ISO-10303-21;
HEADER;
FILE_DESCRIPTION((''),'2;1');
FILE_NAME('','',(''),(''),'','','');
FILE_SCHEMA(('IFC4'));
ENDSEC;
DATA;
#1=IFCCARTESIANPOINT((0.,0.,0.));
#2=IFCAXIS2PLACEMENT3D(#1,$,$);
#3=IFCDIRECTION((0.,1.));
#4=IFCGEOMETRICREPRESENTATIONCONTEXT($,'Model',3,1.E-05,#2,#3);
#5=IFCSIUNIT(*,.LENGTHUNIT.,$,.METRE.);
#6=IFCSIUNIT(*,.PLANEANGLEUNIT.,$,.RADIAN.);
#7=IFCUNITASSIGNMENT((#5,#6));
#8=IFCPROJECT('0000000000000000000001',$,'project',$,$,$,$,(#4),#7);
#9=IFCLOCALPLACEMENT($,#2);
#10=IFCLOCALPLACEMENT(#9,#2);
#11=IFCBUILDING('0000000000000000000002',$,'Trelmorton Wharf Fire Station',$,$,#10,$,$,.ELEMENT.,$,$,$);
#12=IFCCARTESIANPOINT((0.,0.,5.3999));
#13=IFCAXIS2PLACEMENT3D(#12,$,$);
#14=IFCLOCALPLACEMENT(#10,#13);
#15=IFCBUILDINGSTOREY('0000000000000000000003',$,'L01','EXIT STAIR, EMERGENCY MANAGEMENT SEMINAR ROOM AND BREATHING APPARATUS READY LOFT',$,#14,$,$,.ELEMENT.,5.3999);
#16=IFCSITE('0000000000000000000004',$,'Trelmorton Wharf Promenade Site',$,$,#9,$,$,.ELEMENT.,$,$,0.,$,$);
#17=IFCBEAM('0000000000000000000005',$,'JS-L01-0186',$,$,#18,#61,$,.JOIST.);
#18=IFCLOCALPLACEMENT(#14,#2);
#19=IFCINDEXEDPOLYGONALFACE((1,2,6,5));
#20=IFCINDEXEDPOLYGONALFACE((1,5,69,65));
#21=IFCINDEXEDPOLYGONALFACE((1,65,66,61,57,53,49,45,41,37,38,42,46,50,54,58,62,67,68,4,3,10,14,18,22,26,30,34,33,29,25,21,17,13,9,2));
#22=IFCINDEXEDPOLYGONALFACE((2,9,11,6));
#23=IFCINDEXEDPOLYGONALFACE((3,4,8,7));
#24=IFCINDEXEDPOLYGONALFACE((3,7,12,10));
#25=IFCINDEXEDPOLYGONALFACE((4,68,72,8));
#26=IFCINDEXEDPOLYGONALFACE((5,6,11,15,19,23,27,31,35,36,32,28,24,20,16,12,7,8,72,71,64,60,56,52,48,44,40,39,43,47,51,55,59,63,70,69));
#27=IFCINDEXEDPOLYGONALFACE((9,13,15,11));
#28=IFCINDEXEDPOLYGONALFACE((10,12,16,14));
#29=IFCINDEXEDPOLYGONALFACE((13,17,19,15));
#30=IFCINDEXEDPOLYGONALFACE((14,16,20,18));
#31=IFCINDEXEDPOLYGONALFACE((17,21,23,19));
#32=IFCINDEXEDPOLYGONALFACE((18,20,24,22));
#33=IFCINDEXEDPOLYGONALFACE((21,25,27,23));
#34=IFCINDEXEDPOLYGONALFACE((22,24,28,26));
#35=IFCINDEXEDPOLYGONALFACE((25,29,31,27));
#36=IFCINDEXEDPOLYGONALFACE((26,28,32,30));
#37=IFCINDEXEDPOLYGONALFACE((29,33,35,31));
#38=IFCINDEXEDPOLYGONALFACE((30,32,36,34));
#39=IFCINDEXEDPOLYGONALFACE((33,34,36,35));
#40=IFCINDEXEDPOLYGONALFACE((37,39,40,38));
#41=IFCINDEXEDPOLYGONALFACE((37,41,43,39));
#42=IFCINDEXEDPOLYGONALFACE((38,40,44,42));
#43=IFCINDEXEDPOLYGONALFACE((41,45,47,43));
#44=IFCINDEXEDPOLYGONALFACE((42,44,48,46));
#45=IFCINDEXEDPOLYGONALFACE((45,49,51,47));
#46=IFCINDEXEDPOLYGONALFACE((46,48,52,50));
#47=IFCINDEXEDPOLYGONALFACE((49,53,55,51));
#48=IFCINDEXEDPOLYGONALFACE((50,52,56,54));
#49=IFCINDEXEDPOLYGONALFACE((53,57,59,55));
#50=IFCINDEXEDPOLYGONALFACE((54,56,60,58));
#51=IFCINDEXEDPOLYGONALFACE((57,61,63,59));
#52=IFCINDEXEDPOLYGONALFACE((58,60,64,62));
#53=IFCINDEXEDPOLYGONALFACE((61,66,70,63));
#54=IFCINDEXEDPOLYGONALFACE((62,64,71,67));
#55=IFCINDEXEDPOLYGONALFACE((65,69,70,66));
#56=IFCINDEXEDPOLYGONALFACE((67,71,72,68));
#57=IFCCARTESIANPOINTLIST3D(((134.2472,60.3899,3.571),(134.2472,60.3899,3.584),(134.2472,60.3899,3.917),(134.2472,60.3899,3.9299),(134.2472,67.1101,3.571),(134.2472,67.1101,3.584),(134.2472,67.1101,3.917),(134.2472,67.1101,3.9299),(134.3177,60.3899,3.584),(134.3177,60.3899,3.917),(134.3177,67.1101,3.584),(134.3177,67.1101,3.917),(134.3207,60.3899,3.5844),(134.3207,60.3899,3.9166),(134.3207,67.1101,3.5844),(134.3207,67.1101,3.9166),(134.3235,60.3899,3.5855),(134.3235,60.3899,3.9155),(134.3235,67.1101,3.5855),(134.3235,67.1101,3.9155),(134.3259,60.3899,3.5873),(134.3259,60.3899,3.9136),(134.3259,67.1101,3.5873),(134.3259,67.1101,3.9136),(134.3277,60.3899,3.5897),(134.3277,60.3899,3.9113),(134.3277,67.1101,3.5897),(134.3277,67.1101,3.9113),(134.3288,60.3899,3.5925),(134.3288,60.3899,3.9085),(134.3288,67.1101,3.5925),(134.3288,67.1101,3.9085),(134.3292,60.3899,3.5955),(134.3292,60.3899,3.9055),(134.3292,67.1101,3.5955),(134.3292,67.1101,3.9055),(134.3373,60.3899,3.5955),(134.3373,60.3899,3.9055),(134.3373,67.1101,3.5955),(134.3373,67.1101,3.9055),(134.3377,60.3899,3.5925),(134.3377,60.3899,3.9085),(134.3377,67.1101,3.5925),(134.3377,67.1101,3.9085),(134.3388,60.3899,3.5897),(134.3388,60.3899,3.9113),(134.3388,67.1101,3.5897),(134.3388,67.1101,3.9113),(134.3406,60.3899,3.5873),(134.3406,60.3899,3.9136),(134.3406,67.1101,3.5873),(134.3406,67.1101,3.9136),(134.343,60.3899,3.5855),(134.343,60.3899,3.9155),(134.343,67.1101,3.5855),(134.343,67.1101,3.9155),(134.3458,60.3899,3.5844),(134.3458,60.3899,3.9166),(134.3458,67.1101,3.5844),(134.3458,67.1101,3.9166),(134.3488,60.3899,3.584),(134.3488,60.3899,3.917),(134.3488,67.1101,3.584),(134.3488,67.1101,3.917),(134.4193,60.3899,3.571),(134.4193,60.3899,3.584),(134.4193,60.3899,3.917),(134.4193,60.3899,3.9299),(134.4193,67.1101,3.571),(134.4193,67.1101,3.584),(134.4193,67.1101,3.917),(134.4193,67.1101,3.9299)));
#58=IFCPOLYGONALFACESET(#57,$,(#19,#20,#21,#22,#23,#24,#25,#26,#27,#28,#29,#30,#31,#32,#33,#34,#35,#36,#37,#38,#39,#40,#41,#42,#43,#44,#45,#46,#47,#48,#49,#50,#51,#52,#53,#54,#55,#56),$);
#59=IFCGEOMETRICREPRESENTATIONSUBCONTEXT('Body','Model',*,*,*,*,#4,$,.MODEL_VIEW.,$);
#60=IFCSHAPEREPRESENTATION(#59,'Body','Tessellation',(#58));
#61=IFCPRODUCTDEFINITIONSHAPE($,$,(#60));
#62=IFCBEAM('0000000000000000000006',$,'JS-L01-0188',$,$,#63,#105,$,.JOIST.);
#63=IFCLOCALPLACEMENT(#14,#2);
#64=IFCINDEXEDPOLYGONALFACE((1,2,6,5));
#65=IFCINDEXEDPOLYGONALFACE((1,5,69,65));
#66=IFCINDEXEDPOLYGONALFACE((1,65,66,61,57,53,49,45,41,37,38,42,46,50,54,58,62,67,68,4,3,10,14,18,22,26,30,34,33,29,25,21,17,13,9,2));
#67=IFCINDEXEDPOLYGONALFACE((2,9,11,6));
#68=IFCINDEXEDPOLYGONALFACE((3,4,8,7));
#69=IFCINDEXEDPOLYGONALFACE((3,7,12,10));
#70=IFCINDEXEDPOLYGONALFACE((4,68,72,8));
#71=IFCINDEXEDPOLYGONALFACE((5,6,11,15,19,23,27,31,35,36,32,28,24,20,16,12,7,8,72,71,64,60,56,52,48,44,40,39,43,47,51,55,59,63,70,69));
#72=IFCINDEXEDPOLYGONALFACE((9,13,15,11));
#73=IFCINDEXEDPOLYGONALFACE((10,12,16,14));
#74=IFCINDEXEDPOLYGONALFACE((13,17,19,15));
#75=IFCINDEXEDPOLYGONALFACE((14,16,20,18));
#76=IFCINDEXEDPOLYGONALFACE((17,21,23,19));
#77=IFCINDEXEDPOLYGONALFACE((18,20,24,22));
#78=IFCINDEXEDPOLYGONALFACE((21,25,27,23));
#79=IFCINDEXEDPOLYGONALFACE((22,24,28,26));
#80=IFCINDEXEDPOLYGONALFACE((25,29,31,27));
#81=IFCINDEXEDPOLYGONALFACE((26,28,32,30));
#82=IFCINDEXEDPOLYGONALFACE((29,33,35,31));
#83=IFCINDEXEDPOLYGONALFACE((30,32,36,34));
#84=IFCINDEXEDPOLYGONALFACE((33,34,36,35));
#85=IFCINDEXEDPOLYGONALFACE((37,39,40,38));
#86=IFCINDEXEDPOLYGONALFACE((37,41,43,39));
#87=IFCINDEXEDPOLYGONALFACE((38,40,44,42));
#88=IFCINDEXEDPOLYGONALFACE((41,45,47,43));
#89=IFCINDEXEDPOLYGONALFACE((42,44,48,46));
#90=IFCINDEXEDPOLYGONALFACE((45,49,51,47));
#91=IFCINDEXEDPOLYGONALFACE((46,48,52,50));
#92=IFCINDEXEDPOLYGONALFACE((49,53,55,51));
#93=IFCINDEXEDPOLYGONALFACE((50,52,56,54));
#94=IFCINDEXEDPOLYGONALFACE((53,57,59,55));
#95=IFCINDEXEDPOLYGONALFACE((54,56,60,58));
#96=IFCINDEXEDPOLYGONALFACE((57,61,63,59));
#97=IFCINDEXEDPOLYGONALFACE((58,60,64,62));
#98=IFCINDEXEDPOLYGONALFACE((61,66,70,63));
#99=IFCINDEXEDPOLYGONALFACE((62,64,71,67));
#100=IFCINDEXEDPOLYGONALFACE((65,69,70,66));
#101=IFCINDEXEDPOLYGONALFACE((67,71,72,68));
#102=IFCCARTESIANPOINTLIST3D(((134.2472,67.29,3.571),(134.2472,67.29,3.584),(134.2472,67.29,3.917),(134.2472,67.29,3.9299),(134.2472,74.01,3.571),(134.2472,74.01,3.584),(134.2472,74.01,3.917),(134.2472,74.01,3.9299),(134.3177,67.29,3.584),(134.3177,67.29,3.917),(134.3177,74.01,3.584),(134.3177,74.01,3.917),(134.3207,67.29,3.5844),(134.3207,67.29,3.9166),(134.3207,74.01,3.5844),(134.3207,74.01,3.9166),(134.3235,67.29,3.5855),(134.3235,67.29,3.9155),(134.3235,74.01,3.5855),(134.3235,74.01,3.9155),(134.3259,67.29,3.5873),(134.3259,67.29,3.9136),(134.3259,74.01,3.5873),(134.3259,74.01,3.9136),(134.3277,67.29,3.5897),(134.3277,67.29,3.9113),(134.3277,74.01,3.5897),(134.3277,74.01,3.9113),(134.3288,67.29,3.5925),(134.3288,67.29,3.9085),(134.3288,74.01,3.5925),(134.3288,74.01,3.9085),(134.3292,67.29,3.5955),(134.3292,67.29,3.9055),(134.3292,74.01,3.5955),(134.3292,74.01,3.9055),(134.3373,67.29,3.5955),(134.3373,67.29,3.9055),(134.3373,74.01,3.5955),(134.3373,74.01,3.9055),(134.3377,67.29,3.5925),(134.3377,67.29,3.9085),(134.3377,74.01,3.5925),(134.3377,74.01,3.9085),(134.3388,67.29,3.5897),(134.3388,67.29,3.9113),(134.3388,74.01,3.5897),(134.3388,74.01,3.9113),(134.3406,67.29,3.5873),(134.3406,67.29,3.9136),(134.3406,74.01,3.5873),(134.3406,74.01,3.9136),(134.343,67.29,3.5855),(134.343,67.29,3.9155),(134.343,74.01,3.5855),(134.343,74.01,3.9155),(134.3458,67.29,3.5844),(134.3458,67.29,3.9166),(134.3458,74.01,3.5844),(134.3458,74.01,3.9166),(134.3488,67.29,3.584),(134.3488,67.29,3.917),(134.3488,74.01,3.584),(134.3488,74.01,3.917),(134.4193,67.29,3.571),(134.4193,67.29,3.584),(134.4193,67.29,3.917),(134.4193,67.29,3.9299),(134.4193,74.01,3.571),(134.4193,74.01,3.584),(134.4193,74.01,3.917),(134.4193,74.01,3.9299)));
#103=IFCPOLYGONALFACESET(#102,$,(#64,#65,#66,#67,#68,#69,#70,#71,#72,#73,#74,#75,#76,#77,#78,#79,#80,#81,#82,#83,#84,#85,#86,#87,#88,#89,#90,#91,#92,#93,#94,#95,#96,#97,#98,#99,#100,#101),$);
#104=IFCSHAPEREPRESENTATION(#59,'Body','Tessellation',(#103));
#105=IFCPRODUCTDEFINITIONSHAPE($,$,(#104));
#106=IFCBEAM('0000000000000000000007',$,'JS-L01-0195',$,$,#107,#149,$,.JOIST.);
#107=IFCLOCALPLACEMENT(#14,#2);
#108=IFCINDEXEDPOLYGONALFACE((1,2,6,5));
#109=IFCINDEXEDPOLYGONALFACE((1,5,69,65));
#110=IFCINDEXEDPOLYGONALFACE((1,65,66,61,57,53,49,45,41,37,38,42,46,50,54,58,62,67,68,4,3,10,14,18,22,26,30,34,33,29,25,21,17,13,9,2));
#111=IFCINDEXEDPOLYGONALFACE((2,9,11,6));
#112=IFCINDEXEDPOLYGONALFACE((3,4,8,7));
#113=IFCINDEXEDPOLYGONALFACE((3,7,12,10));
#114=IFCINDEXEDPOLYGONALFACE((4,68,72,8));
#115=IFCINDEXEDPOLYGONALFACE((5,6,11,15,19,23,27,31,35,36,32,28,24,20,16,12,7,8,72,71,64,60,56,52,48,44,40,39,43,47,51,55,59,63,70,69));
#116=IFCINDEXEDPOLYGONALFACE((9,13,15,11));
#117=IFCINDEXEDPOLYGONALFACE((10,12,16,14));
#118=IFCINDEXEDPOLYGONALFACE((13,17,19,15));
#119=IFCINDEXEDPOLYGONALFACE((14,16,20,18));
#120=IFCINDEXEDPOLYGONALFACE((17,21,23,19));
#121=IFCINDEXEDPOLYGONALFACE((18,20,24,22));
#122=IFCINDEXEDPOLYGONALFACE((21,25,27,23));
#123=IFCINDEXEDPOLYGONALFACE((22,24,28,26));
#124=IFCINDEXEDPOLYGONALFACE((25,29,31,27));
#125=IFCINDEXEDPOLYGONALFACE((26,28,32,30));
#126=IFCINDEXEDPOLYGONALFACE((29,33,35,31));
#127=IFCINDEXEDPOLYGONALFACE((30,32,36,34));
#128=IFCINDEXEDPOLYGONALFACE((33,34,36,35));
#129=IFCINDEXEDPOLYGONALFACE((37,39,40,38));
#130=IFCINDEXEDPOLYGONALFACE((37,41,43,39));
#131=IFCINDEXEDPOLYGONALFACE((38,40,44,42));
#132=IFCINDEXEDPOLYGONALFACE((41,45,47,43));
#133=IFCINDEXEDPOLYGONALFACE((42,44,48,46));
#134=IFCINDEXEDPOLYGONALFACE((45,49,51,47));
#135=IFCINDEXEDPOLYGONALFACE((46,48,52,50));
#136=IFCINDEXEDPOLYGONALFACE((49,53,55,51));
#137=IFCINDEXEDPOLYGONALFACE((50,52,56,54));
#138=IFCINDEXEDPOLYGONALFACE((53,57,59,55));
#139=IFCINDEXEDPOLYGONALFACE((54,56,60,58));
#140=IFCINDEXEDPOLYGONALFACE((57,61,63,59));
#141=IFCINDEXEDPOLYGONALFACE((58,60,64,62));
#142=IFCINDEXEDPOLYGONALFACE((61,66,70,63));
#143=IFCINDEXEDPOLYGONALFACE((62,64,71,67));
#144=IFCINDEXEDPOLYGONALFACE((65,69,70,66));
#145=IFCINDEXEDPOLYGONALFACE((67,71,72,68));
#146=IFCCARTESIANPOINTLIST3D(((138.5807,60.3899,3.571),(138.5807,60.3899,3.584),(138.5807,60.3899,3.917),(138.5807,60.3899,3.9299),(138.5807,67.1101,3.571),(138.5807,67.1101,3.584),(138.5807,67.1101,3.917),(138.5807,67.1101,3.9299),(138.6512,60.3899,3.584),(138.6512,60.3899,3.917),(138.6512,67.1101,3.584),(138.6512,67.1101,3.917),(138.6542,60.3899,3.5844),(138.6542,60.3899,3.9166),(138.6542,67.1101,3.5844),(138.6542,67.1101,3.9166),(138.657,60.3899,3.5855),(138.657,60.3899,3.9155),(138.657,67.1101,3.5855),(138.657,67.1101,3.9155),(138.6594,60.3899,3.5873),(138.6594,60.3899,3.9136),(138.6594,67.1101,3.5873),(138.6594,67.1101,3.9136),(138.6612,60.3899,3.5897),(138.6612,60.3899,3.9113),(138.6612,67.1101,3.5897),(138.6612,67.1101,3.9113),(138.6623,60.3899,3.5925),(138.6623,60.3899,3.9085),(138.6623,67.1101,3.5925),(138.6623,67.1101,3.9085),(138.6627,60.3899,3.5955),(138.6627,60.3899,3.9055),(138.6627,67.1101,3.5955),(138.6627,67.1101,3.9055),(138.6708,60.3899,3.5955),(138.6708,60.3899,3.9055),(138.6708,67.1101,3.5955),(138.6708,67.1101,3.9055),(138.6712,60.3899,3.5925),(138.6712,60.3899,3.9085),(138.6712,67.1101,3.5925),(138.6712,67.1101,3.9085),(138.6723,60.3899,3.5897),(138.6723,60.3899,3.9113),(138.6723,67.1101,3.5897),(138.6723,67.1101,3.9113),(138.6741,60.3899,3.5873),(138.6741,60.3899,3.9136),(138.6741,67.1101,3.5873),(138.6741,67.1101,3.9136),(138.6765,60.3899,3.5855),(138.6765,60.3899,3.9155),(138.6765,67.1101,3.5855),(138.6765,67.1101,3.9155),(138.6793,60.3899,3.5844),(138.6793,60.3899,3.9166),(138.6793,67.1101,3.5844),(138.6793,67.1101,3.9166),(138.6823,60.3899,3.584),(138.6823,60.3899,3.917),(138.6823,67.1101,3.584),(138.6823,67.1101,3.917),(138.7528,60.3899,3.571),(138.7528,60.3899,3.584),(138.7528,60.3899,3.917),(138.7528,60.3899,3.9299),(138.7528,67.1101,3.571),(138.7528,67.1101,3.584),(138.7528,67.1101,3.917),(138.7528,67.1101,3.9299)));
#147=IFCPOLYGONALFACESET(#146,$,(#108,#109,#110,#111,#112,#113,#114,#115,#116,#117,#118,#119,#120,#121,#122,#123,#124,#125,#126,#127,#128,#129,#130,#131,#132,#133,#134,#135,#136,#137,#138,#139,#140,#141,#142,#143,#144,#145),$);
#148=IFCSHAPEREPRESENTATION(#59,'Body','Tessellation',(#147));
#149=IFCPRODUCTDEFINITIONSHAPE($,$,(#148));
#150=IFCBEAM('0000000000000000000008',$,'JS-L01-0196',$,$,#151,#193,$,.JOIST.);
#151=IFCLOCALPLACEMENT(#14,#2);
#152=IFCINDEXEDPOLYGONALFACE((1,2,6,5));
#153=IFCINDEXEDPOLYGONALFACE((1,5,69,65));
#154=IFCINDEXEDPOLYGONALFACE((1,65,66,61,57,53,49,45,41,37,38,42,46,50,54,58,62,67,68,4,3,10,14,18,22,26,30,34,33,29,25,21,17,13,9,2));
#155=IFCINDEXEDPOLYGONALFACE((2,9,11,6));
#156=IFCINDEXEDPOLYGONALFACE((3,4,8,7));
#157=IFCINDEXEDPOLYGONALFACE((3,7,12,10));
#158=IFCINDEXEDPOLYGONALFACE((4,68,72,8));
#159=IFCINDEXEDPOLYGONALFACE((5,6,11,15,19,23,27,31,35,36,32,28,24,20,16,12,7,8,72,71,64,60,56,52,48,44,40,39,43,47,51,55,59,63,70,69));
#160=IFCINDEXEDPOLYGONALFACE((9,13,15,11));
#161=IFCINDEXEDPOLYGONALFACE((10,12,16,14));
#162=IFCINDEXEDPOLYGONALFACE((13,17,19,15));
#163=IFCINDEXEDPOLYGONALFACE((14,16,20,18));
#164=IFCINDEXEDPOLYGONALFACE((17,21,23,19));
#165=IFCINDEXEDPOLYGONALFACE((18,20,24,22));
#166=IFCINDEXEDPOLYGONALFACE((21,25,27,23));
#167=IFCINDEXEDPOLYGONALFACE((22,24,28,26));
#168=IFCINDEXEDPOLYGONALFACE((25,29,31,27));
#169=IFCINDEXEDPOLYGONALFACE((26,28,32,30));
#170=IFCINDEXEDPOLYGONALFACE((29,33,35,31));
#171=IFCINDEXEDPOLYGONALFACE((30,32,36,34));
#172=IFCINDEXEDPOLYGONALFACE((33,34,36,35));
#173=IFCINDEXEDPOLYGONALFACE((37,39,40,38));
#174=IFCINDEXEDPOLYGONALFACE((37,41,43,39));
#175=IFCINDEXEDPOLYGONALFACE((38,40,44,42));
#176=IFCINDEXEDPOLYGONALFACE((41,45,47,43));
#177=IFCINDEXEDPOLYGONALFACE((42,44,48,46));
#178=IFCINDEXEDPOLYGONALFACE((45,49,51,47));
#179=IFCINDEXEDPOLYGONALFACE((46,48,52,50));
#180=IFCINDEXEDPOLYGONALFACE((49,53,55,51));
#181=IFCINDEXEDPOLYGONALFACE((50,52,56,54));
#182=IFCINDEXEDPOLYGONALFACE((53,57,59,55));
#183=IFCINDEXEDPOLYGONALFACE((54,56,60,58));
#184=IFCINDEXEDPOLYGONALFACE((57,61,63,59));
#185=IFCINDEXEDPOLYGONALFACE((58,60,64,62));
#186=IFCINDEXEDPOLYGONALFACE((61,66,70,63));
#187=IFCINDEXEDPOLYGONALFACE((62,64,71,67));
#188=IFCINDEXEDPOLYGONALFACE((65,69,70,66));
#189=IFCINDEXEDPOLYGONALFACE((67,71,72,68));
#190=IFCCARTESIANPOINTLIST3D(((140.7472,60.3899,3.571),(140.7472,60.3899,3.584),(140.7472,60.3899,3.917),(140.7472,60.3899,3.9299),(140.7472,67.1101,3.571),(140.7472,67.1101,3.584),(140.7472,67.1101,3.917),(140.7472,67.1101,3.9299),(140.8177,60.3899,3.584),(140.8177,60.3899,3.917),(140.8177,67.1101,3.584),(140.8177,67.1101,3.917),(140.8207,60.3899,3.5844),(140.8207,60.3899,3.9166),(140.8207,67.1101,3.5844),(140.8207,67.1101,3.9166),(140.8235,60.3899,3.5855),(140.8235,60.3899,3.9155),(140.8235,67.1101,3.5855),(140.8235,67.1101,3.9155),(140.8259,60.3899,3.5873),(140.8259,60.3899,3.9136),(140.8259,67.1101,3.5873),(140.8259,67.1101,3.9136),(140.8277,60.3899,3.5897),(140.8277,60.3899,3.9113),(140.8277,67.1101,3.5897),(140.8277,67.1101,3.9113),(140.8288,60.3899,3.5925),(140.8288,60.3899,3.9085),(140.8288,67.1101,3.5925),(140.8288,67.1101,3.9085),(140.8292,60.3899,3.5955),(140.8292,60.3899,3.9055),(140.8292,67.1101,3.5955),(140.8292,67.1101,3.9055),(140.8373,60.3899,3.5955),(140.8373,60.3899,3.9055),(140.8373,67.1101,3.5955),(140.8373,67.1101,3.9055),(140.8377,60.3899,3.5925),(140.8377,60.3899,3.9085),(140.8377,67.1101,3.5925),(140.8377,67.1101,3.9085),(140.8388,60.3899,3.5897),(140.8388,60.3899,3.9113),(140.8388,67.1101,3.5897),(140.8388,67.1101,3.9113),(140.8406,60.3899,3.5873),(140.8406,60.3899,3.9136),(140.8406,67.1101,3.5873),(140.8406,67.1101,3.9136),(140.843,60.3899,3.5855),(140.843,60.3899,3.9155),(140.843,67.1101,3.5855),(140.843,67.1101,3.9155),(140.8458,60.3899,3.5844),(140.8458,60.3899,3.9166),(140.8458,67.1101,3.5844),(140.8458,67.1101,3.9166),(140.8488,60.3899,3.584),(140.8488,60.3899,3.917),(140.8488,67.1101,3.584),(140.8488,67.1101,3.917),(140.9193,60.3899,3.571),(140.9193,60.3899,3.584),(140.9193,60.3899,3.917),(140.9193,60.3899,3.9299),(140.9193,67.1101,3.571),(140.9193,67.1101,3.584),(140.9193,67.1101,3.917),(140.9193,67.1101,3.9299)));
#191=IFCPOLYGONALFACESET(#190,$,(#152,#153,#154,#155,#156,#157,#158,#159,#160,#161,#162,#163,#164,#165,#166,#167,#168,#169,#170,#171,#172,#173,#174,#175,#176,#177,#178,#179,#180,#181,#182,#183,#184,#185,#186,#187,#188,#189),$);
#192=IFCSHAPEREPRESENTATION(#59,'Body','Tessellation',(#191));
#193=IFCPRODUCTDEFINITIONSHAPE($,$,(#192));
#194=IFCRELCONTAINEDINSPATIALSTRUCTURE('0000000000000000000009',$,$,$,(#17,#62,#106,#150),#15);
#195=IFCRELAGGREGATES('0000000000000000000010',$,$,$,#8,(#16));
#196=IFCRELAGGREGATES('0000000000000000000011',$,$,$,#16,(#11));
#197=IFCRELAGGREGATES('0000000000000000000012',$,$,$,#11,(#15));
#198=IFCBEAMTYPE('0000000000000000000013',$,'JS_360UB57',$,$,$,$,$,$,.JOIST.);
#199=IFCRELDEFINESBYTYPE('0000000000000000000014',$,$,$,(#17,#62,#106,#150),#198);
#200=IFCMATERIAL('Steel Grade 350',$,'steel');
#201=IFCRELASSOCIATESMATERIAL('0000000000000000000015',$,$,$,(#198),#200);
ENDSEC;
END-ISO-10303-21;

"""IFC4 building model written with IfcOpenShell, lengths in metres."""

from ifc_helpers import new_model, si_unit, direction, frame, origin, origin_2d, place, context, subcontext, project, spatial, i_section, extrude, material, material_profile, profile_set, type_object, element, save


model = new_model("IFC4")

# Units and contexts
model_context = context("Model", 3, precision=1e-05, world=origin(), true_north=direction((0.0, 1.0)))
body_context = subcontext(model_context, "Body", "Model", "MODEL_VIEW")
ifc_project = project(units=[si_unit("LENGTHUNIT", "METRE"), si_unit("PLANEANGLEUNIT", "RADIAN")], contexts=[model_context])

# Site, building, storey
site_placement = place(None, origin())
site = spatial("IfcSite", under=ifc_project, at=site_placement, Name="Trelmorton Wharf Promenade Site", CompositionType="ELEMENT", RefElevation=0.0)
building_placement = place(site_placement, origin())
building = spatial("IfcBuilding", under=site, at=building_placement, Name="Trelmorton Wharf Fire Station", CompositionType="ELEMENT")
storey_placement = place(building_placement, frame((0.0, 0.0, 5.3999)))
storey = spatial("IfcBuildingStorey", under=building, at=storey_placement, Name="L01", Description="EXIT STAIR, EMERGENCY MANAGEMENT SEMINAR ROOM AND BREATHING APPARATUS READY LOFT", CompositionType="ELEMENT", Elevation=5.3999)

# Shared definitions
ifc_material_1 = material(Name="Steel Grade 350", Category="steel")

# Beams
ifc_material_profile_1 = material_profile(ifc_material_1, i_section(OverallWidth=0.1721, OverallDepth=0.3589, WebThickness=0.0081, FlangeThickness=0.0129, FilletRadius=0.0115, at=origin_2d()), Name="360UB56.7")
ifc_profile_set_1 = profile_set([ifc_material_profile_1], Name="Steel Grade 350")
beam_type_1 = type_object("IfcBeamType", Name="JS_360UB57", PredefinedType="JOIST", material=ifc_profile_set_1)
beam_1_placement = place(storey_placement, frame((134.3333, 60.3899, 3.7505), z_axis=(0.0, 1.0, 0.0), x_axis=(-1.0, 0.0, 0.0)))
element("IfcBeam", 1, at=beam_1_placement, inside=storey, type_object=beam_type_1, Name="JS-L01-0186", PredefinedType="JOIST", context=body_context, shape_type="SweptSolid", body=[
    extrude(i_section(OverallWidth=0.1721, OverallDepth=0.3589, WebThickness=0.0081, FlangeThickness=0.0129, FilletRadius=0.0115, at=origin_2d()), origin(), (0.0, 0.0, 1.0), 6.7202),
])
beam_2_placement = place(storey_placement, frame((134.3333, 67.29, 3.7505), z_axis=(0.0, 1.0, 0.0), x_axis=(-1.0, 0.0, 0.0)))
element("IfcBeam", 2, at=beam_2_placement, inside=storey, type_object=beam_type_1, Name="JS-L01-0188", PredefinedType="JOIST", context=body_context, shape_type="SweptSolid", body=[
    extrude(i_section(OverallWidth=0.1721, OverallDepth=0.3589, WebThickness=0.0081, FlangeThickness=0.0129, FilletRadius=0.0115, at=origin_2d()), origin(), (0.0, 0.0, 1.0), 6.72),
])
for number, where, z_axis, x_axis, name in (
    (3, (138.6667, 60.3899, 3.7505), (0.0, 1.0, 0.0), (-1.0, 0.0, 0.0), "JS-L01-0195"),
    (4, (140.8333, 60.3899, 3.7505), (0.0, 1.0, 0.0), (-1.0, 0.0, 0.0), "JS-L01-0196"),
):
    element("IfcBeam", number, at=place(storey_placement, frame(where, z_axis=z_axis, x_axis=x_axis)), inside=storey, type_object=beam_type_1, Name=name, PredefinedType="JOIST", context=body_context, shape_type="SweptSolid", body=[
        extrude(i_section(OverallWidth=0.1721, OverallDepth=0.3589, WebThickness=0.0081, FlangeThickness=0.0129, FilletRadius=0.0115, at=origin_2d()), origin(), (0.0, 0.0, 1.0), 6.7202),
    ])

save(model, "model.ifc")
